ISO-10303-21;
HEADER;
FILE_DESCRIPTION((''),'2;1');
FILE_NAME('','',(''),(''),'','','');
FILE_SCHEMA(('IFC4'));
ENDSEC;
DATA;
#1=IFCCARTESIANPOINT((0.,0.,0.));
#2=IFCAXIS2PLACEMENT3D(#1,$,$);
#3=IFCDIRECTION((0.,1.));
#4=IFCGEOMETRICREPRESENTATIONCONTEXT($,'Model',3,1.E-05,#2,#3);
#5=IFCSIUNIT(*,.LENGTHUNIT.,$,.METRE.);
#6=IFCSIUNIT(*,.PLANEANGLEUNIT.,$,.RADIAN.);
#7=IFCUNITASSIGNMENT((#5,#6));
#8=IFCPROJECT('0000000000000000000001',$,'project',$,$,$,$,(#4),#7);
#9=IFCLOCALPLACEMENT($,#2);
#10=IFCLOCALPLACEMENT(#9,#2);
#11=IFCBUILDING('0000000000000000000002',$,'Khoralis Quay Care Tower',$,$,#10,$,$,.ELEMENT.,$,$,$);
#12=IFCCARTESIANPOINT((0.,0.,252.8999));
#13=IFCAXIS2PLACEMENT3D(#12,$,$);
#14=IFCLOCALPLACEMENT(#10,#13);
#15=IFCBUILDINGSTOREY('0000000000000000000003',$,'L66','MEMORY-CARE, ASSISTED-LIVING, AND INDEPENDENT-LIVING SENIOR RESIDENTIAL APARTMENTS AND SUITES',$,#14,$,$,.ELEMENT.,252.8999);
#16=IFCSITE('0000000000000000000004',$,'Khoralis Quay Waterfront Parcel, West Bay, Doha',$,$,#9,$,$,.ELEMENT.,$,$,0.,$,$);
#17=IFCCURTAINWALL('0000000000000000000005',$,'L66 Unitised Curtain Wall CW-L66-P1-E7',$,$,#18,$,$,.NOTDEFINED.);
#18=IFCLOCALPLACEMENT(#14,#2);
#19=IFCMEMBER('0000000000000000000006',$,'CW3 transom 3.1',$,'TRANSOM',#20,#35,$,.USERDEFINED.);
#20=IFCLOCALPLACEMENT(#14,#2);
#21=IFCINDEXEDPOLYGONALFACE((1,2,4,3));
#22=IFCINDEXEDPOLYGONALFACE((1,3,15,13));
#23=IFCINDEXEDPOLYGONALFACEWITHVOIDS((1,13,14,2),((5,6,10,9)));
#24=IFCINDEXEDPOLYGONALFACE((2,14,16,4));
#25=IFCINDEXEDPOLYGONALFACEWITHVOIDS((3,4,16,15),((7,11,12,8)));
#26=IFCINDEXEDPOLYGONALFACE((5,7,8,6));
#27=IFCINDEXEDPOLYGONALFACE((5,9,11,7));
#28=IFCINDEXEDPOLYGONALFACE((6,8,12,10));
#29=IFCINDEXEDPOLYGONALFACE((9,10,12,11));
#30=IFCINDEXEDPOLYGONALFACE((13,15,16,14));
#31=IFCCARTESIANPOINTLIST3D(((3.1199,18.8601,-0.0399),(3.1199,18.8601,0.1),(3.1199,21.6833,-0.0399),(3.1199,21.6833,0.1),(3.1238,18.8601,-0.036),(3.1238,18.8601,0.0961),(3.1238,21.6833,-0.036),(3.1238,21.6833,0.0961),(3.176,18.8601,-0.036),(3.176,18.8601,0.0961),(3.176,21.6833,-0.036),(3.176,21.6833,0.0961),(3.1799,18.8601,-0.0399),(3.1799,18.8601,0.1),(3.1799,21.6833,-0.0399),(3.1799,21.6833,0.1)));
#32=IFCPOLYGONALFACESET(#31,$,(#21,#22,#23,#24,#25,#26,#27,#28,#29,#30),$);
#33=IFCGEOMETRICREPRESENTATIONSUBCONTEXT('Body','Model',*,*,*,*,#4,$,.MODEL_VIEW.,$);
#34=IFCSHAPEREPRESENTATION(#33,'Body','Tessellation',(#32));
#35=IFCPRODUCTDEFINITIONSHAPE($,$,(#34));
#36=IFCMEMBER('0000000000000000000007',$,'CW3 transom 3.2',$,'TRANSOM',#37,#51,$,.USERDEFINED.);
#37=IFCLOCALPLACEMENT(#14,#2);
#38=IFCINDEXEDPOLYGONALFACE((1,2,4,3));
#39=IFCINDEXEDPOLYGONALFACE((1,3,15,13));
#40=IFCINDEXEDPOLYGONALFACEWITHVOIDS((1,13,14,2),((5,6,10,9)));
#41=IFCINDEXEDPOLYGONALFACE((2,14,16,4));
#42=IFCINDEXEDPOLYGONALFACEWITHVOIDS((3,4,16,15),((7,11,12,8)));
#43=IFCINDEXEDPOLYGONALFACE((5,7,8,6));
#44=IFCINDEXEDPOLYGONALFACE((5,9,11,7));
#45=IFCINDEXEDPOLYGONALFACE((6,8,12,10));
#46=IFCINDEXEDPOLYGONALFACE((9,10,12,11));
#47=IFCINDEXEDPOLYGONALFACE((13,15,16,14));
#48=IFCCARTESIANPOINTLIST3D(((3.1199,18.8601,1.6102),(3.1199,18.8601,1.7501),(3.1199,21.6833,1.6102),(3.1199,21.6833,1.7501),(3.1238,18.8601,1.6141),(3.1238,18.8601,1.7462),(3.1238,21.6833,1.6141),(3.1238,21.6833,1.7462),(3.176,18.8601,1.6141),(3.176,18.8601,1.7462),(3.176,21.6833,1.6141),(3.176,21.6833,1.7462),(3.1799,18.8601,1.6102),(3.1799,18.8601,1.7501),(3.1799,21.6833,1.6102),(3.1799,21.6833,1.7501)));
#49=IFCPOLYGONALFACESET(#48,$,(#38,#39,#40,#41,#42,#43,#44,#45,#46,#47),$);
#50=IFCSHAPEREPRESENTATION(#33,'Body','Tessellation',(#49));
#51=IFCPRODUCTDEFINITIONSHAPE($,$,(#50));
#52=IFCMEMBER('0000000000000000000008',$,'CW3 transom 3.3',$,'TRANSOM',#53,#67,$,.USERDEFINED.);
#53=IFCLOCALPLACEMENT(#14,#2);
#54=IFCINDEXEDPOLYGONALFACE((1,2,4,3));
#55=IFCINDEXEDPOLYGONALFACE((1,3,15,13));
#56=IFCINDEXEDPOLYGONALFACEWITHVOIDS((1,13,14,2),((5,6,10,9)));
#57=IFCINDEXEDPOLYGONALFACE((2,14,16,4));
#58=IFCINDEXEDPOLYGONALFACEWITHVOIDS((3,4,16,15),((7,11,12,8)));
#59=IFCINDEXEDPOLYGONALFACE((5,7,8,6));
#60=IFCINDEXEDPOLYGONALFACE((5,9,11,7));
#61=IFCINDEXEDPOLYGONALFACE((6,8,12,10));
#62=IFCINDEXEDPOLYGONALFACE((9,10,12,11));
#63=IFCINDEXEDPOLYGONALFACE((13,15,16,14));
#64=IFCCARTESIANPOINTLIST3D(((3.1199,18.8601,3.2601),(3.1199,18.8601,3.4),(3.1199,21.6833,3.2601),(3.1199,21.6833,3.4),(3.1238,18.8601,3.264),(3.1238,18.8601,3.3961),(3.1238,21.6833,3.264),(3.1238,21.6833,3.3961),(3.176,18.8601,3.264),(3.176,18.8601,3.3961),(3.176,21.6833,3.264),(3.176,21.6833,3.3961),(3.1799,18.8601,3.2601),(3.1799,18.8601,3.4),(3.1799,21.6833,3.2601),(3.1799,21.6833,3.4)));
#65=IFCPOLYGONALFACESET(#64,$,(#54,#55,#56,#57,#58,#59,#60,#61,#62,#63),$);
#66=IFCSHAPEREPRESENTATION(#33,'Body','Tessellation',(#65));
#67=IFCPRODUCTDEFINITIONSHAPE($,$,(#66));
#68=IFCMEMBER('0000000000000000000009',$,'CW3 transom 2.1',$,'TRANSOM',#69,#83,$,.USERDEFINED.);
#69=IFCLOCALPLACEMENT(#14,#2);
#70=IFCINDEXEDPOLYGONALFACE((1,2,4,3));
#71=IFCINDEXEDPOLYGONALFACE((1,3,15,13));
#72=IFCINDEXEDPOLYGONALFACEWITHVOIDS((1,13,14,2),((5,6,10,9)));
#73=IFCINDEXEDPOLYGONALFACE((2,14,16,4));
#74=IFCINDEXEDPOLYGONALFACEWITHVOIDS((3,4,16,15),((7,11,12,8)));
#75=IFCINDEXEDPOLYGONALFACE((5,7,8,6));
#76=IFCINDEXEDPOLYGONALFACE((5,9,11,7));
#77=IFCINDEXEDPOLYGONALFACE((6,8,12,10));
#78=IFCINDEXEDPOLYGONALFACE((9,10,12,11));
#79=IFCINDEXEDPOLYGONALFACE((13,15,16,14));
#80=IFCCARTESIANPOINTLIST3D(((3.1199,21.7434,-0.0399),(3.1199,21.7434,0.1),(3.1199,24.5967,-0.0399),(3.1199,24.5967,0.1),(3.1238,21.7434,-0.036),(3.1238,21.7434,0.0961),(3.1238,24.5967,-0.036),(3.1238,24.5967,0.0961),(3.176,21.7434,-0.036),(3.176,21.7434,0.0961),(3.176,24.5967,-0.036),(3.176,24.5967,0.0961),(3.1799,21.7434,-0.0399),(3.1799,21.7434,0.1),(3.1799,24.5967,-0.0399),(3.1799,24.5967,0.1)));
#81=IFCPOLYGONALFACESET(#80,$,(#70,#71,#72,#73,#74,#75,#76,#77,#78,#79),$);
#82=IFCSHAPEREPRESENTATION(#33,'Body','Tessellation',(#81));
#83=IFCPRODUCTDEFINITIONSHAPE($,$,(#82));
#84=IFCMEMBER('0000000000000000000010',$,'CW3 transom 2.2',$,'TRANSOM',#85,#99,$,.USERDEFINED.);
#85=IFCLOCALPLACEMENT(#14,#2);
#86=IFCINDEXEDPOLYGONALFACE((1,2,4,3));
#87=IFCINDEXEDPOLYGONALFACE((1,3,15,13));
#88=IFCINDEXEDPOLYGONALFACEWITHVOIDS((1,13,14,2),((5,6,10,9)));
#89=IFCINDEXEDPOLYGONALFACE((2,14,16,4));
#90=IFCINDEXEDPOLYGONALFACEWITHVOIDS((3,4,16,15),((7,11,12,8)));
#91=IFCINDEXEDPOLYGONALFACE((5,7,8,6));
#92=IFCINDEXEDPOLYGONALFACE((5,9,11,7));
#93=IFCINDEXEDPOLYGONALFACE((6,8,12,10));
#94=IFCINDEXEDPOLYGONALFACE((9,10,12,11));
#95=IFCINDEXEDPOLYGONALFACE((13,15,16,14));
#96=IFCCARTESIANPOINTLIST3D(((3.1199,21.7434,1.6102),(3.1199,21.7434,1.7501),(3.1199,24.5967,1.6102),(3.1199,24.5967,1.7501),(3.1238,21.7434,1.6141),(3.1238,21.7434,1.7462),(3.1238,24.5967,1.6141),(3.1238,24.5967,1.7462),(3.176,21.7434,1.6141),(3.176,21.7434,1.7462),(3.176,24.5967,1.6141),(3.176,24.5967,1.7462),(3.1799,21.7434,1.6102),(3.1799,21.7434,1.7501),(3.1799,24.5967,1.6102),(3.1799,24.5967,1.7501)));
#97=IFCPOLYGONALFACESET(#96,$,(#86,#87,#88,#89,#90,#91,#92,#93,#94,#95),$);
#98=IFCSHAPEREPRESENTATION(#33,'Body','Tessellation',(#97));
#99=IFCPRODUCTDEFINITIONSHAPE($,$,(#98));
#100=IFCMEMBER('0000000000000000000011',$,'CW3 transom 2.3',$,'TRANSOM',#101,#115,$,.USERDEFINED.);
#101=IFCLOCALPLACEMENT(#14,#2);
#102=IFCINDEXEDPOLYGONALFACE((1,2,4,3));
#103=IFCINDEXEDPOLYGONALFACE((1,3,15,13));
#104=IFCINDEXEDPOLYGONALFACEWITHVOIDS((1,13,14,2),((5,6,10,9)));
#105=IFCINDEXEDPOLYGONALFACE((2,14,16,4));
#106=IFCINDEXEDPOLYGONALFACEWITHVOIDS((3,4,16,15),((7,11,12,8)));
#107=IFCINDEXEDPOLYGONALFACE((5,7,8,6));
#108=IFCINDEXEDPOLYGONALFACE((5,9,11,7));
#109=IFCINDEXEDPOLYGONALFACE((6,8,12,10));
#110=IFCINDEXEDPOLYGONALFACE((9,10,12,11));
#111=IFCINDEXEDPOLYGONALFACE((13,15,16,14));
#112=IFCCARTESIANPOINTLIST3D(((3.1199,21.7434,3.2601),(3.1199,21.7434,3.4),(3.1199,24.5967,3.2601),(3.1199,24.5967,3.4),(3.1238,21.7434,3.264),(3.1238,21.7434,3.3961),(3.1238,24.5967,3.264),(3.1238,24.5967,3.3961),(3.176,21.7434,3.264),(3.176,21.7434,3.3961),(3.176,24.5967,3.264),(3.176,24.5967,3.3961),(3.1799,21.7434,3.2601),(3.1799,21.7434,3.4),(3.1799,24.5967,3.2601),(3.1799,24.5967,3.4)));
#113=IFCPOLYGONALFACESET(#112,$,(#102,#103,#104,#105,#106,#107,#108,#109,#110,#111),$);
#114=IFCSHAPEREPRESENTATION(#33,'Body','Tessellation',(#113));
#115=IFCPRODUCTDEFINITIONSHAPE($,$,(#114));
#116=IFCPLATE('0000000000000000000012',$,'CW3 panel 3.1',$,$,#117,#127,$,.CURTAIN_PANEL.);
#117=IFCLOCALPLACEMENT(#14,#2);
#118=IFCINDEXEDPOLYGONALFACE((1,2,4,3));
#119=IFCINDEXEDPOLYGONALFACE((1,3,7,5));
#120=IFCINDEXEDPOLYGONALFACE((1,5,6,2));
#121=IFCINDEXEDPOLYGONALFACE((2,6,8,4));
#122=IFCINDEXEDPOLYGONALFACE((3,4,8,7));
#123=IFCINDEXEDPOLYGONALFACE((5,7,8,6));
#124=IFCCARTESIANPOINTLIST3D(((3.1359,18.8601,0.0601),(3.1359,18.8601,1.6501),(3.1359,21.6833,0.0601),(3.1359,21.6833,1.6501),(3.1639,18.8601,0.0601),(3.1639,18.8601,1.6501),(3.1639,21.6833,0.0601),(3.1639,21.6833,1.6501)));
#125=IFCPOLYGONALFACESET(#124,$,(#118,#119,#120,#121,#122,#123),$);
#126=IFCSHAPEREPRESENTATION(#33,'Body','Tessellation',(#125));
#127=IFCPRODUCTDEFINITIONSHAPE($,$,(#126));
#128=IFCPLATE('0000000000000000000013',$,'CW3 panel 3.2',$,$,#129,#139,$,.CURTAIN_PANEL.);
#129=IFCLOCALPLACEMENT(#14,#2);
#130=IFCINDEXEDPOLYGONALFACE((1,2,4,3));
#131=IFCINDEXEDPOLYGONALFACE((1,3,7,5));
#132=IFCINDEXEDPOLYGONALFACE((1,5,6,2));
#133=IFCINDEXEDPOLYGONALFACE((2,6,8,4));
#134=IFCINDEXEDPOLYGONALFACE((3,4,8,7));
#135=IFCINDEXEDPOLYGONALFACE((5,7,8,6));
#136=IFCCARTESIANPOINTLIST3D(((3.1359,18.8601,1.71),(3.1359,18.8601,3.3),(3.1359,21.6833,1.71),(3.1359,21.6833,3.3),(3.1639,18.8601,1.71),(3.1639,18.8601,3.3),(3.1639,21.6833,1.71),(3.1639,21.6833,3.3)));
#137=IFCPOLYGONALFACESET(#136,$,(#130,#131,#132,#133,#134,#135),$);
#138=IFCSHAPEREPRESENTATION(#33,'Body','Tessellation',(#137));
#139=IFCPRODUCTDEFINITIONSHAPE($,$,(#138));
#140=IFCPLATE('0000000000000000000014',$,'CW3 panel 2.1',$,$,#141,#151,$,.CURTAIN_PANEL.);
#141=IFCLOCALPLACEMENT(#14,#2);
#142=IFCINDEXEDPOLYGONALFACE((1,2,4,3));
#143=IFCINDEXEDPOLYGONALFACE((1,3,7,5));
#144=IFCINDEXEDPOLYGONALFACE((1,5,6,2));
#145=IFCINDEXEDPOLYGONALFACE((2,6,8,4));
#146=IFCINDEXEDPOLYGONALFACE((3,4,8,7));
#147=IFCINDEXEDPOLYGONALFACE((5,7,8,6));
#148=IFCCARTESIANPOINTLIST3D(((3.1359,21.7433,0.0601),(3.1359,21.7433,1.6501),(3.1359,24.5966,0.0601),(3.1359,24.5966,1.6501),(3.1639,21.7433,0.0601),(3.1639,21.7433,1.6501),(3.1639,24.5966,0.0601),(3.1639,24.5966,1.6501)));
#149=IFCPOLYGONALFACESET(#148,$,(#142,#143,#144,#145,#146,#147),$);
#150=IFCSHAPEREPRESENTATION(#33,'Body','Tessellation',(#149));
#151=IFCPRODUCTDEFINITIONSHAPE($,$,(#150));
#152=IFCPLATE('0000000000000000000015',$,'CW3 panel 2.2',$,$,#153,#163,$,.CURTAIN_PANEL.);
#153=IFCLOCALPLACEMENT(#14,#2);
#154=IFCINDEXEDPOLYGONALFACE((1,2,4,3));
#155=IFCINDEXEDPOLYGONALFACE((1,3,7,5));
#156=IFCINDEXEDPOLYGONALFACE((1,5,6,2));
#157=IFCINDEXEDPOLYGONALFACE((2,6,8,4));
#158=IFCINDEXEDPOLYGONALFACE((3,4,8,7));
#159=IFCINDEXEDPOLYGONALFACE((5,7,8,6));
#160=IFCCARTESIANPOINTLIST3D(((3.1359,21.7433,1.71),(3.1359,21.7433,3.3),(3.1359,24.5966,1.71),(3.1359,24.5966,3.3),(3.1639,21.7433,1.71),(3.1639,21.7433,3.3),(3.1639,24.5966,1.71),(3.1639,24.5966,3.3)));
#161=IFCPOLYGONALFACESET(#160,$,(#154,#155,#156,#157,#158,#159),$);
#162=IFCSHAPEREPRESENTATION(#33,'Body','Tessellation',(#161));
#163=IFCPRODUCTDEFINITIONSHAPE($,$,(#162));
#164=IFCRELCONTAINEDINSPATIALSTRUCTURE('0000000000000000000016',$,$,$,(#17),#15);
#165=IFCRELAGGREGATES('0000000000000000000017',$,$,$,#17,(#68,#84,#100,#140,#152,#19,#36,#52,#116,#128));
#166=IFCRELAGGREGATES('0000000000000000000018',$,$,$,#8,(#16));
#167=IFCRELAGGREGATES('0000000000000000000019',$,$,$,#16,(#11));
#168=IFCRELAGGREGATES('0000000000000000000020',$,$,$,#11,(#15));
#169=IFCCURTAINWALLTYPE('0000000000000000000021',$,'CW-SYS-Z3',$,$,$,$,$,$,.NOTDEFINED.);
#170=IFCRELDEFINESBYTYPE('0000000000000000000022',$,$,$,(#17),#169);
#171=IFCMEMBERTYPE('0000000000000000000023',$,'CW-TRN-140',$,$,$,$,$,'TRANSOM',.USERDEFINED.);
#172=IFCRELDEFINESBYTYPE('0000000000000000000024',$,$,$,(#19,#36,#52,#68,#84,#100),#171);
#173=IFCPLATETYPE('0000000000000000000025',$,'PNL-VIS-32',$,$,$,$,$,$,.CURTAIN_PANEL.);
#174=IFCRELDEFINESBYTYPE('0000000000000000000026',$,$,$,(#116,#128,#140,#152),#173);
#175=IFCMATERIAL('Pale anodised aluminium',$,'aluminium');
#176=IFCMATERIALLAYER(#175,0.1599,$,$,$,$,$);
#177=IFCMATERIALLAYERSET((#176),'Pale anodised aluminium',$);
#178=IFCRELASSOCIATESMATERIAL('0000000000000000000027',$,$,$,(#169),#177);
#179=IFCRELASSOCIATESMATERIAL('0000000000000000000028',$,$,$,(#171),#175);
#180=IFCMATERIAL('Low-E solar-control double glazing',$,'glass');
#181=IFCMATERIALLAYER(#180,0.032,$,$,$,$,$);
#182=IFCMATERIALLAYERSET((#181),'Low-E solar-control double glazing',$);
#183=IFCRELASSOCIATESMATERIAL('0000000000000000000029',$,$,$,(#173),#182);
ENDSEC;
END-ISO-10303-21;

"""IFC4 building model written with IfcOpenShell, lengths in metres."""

from ifc_helpers import new_model, si_unit, direction, frame, origin, origin_2d, place, context, subcontext, project, spatial, rectangle, hollow_rectangle, extrude, source, transform, mapped, material, layer, layer_set, material_profile, profile_set, type_object, element, aggregate, save


model = new_model("IFC4")

# Units and contexts
model_context = context("Model", 3, precision=1e-05, world=origin(), true_north=direction((0.0, 1.0)))
body_context = subcontext(model_context, "Body", "Model", "MODEL_VIEW")
ifc_project = project(units=[si_unit("LENGTHUNIT", "METRE"), si_unit("PLANEANGLEUNIT", "RADIAN")], contexts=[model_context])

# Site, building, storey
site_placement = place(None, origin())
site = spatial("IfcSite", under=ifc_project, at=site_placement, Name="Khoralis Quay Waterfront Parcel, West Bay, Doha", CompositionType="ELEMENT", RefElevation=0.0)
building_placement = place(site_placement, origin())
building = spatial("IfcBuilding", under=site, at=building_placement, Name="Khoralis Quay Care Tower", CompositionType="ELEMENT")
storey_placement = place(building_placement, frame((0.0, 0.0, 252.8999)))
storey = spatial("IfcBuildingStorey", under=building, at=storey_placement, Name="L66", Description="MEMORY-CARE, ASSISTED-LIVING, AND INDEPENDENT-LIVING SENIOR RESIDENTIAL APARTMENTS AND SUITES", CompositionType="ELEMENT", Elevation=252.8999)

# Curtain wall, members, plates
ifc_material_1 = material(Name="Pale anodised aluminium", Category="aluminium")
ifc_layer_1 = layer(ifc_material_1, 0.1599)
ifc_layer_set_1 = layer_set([ifc_layer_1], Name="Pale anodised aluminium")
curtain_wall_type = type_object("IfcCurtainWallType", Name="CW-SYS-Z3", PredefinedType="NOTDEFINED", material=ifc_layer_set_1)
curtain_wall_placement = place(storey_placement, origin())
curtain_wall = element("IfcCurtainWall", 1, at=curtain_wall_placement, inside=storey, type_object=curtain_wall_type, Name="L66 Unitised Curtain Wall CW-L66-P1-E7", PredefinedType="NOTDEFINED")
ifc_material_profile_1 = material_profile(ifc_material_1, hollow_rectangle(XDim=0.0601, YDim=0.1399, WallThickness=0.0039, at=origin_2d()), Name="Pale anodised aluminium")
ifc_profile_set_1 = profile_set([ifc_material_profile_1], Name="Pale anodised aluminium")
member_type_1 = type_object("IfcMemberType", Name="CW-TRN-140", ElementType="TRANSOM", PredefinedType="USERDEFINED", material=ifc_profile_set_1)
shared_shape_1 = source(origin(), body_context, "Body", "SweptSolid", [
    extrude(hollow_rectangle(XDim=0.0601, YDim=0.1399, WallThickness=0.0039, at=origin_2d()), origin(), (0.0, 0.0, 1.0), 2.8232),
])
member_1_placement = place(storey_placement, frame((3.1499, 21.6833, 0.03), z_axis=(0.0, -1.0, 0.0), x_axis=(1.0, 0.0, 0.0)))
member_1 = element("IfcMember", 2, at=member_1_placement, type_object=member_type_1, Name="CW3 transom 3.1", ObjectType="TRANSOM", PredefinedType="USERDEFINED", context=body_context, shape_type="MappedRepresentation", body=[
    mapped(shared_shape_1, transform((0.0, 0.0, 0.0), scale=1.0)),
])
member_2_placement = place(storey_placement, frame((3.1499, 21.6833, 1.6802), z_axis=(0.0, -1.0, 0.0), x_axis=(1.0, 0.0, 0.0)))
member_2 = element("IfcMember", 3, at=member_2_placement, type_object=member_type_1, Name="CW3 transom 3.2", ObjectType="TRANSOM", PredefinedType="USERDEFINED", context=body_context, shape_type="MappedRepresentation", body=[
    mapped(shared_shape_1, transform((0.0, 0.0, 0.0), scale=1.0)),
])
member_3_placement = place(storey_placement, frame((3.1499, 21.6833, 3.3301), z_axis=(0.0, -1.0, 0.0), x_axis=(1.0, 0.0, 0.0)))
member_3 = element("IfcMember", 4, at=member_3_placement, type_object=member_type_1, Name="CW3 transom 3.3", ObjectType="TRANSOM", PredefinedType="USERDEFINED", context=body_context, shape_type="MappedRepresentation", body=[
    mapped(shared_shape_1, transform((0.0, 0.0, 0.0), scale=1.0)),
])
shared_shape_2 = source(origin(), body_context, "Body", "SweptSolid", [
    extrude(hollow_rectangle(XDim=0.0601, YDim=0.1399, WallThickness=0.0039, at=origin_2d()), origin(), (0.0, 0.0, 1.0), 2.8533),
])
member_4_placement = place(storey_placement, frame((3.1499, 24.5967, 0.03), z_axis=(0.0, -1.0, 0.0), x_axis=(1.0, 0.0, 0.0)))
member_4 = element("IfcMember", 5, at=member_4_placement, type_object=member_type_1, Name="CW3 transom 2.1", ObjectType="TRANSOM", PredefinedType="USERDEFINED", context=body_context, shape_type="MappedRepresentation", body=[
    mapped(shared_shape_2, transform((0.0, 0.0, 0.0), scale=1.0)),
])
member_5_placement = place(storey_placement, frame((3.1499, 24.5967, 1.6802), z_axis=(0.0, -1.0, 0.0), x_axis=(1.0, 0.0, 0.0)))
member_5 = element("IfcMember", 6, at=member_5_placement, type_object=member_type_1, Name="CW3 transom 2.2", ObjectType="TRANSOM", PredefinedType="USERDEFINED", context=body_context, shape_type="MappedRepresentation", body=[
    mapped(shared_shape_2, transform((0.0, 0.0, 0.0), scale=1.0)),
])
member_6_placement = place(storey_placement, frame((3.1499, 24.5967, 3.3301), z_axis=(0.0, -1.0, 0.0), x_axis=(1.0, 0.0, 0.0)))
member_6 = element("IfcMember", 7, at=member_6_placement, type_object=member_type_1, Name="CW3 transom 2.3", ObjectType="TRANSOM", PredefinedType="USERDEFINED", context=body_context, shape_type="MappedRepresentation", body=[
    mapped(shared_shape_2, transform((0.0, 0.0, 0.0), scale=1.0)),
])
ifc_material_2 = material(Name="Low-E solar-control double glazing", Category="glass")
ifc_layer_2 = layer(ifc_material_2, 0.032)
ifc_layer_set_2 = layer_set([ifc_layer_2], Name="Low-E solar-control double glazing")
plate_type = type_object("IfcPlateType", Name="PNL-VIS-32", PredefinedType="CURTAIN_PANEL", material=ifc_layer_set_2)
shared_shape_3 = source(origin(), body_context, "Body", "SweptSolid", [
    extrude(rectangle(XDim=2.8232, YDim=0.0281, at=origin_2d()), origin(), (0.0, 0.0, 1.0), 1.5901),
])
plate_1_placement = place(storey_placement, frame((3.1499, 20.2717, 0.0601), z_axis=(0.0, 0.0, 1.0), x_axis=(0.0, -1.0, 0.0)))
plate_1 = element("IfcPlate", 8, at=plate_1_placement, type_object=plate_type, Name="CW3 panel 3.1", PredefinedType="CURTAIN_PANEL", context=body_context, shape_type="MappedRepresentation", body=[
    mapped(shared_shape_3, transform((0.0, 0.0, 0.0), scale=1.0)),
])
plate_2_placement = place(storey_placement, frame((3.1499, 20.2717, 1.71), z_axis=(0.0, 0.0, 1.0), x_axis=(0.0, -1.0, 0.0)))
plate_2 = element("IfcPlate", 9, at=plate_2_placement, type_object=plate_type, Name="CW3 panel 3.2", PredefinedType="CURTAIN_PANEL", context=body_context, shape_type="MappedRepresentation", body=[
    mapped(shared_shape_3, transform((0.0, 0.0, 0.0), scale=1.0)),
])
shared_shape_4 = source(origin(), body_context, "Body", "SweptSolid", [
    extrude(rectangle(XDim=2.8533, YDim=0.0281, at=origin_2d()), origin(), (0.0, 0.0, 1.0), 1.5901),
])
plate_3_placement = place(storey_placement, frame((3.1499, 23.1699, 0.0601), z_axis=(0.0, 0.0, 1.0), x_axis=(0.0, -1.0, 0.0)))
plate_3 = element("IfcPlate", 10, at=plate_3_placement, type_object=plate_type, Name="CW3 panel 2.1", PredefinedType="CURTAIN_PANEL", context=body_context, shape_type="MappedRepresentation", body=[
    mapped(shared_shape_4, transform((0.0, 0.0, 0.0), scale=1.0)),
])
plate_4_placement = place(storey_placement, frame((3.1499, 23.1699, 1.71), z_axis=(0.0, 0.0, 1.0), x_axis=(0.0, -1.0, 0.0)))
plate_4 = element("IfcPlate", 11, at=plate_4_placement, type_object=plate_type, Name="CW3 panel 2.2", PredefinedType="CURTAIN_PANEL", context=body_context, shape_type="MappedRepresentation", body=[
    mapped(shared_shape_4, transform((0.0, 0.0, 0.0), scale=1.0)),
])
aggregate(curtain_wall, [member_4, member_5, member_6, plate_3, plate_4, member_1, member_2, member_3, plate_1, plate_2])

save(model, "model.ifc")
